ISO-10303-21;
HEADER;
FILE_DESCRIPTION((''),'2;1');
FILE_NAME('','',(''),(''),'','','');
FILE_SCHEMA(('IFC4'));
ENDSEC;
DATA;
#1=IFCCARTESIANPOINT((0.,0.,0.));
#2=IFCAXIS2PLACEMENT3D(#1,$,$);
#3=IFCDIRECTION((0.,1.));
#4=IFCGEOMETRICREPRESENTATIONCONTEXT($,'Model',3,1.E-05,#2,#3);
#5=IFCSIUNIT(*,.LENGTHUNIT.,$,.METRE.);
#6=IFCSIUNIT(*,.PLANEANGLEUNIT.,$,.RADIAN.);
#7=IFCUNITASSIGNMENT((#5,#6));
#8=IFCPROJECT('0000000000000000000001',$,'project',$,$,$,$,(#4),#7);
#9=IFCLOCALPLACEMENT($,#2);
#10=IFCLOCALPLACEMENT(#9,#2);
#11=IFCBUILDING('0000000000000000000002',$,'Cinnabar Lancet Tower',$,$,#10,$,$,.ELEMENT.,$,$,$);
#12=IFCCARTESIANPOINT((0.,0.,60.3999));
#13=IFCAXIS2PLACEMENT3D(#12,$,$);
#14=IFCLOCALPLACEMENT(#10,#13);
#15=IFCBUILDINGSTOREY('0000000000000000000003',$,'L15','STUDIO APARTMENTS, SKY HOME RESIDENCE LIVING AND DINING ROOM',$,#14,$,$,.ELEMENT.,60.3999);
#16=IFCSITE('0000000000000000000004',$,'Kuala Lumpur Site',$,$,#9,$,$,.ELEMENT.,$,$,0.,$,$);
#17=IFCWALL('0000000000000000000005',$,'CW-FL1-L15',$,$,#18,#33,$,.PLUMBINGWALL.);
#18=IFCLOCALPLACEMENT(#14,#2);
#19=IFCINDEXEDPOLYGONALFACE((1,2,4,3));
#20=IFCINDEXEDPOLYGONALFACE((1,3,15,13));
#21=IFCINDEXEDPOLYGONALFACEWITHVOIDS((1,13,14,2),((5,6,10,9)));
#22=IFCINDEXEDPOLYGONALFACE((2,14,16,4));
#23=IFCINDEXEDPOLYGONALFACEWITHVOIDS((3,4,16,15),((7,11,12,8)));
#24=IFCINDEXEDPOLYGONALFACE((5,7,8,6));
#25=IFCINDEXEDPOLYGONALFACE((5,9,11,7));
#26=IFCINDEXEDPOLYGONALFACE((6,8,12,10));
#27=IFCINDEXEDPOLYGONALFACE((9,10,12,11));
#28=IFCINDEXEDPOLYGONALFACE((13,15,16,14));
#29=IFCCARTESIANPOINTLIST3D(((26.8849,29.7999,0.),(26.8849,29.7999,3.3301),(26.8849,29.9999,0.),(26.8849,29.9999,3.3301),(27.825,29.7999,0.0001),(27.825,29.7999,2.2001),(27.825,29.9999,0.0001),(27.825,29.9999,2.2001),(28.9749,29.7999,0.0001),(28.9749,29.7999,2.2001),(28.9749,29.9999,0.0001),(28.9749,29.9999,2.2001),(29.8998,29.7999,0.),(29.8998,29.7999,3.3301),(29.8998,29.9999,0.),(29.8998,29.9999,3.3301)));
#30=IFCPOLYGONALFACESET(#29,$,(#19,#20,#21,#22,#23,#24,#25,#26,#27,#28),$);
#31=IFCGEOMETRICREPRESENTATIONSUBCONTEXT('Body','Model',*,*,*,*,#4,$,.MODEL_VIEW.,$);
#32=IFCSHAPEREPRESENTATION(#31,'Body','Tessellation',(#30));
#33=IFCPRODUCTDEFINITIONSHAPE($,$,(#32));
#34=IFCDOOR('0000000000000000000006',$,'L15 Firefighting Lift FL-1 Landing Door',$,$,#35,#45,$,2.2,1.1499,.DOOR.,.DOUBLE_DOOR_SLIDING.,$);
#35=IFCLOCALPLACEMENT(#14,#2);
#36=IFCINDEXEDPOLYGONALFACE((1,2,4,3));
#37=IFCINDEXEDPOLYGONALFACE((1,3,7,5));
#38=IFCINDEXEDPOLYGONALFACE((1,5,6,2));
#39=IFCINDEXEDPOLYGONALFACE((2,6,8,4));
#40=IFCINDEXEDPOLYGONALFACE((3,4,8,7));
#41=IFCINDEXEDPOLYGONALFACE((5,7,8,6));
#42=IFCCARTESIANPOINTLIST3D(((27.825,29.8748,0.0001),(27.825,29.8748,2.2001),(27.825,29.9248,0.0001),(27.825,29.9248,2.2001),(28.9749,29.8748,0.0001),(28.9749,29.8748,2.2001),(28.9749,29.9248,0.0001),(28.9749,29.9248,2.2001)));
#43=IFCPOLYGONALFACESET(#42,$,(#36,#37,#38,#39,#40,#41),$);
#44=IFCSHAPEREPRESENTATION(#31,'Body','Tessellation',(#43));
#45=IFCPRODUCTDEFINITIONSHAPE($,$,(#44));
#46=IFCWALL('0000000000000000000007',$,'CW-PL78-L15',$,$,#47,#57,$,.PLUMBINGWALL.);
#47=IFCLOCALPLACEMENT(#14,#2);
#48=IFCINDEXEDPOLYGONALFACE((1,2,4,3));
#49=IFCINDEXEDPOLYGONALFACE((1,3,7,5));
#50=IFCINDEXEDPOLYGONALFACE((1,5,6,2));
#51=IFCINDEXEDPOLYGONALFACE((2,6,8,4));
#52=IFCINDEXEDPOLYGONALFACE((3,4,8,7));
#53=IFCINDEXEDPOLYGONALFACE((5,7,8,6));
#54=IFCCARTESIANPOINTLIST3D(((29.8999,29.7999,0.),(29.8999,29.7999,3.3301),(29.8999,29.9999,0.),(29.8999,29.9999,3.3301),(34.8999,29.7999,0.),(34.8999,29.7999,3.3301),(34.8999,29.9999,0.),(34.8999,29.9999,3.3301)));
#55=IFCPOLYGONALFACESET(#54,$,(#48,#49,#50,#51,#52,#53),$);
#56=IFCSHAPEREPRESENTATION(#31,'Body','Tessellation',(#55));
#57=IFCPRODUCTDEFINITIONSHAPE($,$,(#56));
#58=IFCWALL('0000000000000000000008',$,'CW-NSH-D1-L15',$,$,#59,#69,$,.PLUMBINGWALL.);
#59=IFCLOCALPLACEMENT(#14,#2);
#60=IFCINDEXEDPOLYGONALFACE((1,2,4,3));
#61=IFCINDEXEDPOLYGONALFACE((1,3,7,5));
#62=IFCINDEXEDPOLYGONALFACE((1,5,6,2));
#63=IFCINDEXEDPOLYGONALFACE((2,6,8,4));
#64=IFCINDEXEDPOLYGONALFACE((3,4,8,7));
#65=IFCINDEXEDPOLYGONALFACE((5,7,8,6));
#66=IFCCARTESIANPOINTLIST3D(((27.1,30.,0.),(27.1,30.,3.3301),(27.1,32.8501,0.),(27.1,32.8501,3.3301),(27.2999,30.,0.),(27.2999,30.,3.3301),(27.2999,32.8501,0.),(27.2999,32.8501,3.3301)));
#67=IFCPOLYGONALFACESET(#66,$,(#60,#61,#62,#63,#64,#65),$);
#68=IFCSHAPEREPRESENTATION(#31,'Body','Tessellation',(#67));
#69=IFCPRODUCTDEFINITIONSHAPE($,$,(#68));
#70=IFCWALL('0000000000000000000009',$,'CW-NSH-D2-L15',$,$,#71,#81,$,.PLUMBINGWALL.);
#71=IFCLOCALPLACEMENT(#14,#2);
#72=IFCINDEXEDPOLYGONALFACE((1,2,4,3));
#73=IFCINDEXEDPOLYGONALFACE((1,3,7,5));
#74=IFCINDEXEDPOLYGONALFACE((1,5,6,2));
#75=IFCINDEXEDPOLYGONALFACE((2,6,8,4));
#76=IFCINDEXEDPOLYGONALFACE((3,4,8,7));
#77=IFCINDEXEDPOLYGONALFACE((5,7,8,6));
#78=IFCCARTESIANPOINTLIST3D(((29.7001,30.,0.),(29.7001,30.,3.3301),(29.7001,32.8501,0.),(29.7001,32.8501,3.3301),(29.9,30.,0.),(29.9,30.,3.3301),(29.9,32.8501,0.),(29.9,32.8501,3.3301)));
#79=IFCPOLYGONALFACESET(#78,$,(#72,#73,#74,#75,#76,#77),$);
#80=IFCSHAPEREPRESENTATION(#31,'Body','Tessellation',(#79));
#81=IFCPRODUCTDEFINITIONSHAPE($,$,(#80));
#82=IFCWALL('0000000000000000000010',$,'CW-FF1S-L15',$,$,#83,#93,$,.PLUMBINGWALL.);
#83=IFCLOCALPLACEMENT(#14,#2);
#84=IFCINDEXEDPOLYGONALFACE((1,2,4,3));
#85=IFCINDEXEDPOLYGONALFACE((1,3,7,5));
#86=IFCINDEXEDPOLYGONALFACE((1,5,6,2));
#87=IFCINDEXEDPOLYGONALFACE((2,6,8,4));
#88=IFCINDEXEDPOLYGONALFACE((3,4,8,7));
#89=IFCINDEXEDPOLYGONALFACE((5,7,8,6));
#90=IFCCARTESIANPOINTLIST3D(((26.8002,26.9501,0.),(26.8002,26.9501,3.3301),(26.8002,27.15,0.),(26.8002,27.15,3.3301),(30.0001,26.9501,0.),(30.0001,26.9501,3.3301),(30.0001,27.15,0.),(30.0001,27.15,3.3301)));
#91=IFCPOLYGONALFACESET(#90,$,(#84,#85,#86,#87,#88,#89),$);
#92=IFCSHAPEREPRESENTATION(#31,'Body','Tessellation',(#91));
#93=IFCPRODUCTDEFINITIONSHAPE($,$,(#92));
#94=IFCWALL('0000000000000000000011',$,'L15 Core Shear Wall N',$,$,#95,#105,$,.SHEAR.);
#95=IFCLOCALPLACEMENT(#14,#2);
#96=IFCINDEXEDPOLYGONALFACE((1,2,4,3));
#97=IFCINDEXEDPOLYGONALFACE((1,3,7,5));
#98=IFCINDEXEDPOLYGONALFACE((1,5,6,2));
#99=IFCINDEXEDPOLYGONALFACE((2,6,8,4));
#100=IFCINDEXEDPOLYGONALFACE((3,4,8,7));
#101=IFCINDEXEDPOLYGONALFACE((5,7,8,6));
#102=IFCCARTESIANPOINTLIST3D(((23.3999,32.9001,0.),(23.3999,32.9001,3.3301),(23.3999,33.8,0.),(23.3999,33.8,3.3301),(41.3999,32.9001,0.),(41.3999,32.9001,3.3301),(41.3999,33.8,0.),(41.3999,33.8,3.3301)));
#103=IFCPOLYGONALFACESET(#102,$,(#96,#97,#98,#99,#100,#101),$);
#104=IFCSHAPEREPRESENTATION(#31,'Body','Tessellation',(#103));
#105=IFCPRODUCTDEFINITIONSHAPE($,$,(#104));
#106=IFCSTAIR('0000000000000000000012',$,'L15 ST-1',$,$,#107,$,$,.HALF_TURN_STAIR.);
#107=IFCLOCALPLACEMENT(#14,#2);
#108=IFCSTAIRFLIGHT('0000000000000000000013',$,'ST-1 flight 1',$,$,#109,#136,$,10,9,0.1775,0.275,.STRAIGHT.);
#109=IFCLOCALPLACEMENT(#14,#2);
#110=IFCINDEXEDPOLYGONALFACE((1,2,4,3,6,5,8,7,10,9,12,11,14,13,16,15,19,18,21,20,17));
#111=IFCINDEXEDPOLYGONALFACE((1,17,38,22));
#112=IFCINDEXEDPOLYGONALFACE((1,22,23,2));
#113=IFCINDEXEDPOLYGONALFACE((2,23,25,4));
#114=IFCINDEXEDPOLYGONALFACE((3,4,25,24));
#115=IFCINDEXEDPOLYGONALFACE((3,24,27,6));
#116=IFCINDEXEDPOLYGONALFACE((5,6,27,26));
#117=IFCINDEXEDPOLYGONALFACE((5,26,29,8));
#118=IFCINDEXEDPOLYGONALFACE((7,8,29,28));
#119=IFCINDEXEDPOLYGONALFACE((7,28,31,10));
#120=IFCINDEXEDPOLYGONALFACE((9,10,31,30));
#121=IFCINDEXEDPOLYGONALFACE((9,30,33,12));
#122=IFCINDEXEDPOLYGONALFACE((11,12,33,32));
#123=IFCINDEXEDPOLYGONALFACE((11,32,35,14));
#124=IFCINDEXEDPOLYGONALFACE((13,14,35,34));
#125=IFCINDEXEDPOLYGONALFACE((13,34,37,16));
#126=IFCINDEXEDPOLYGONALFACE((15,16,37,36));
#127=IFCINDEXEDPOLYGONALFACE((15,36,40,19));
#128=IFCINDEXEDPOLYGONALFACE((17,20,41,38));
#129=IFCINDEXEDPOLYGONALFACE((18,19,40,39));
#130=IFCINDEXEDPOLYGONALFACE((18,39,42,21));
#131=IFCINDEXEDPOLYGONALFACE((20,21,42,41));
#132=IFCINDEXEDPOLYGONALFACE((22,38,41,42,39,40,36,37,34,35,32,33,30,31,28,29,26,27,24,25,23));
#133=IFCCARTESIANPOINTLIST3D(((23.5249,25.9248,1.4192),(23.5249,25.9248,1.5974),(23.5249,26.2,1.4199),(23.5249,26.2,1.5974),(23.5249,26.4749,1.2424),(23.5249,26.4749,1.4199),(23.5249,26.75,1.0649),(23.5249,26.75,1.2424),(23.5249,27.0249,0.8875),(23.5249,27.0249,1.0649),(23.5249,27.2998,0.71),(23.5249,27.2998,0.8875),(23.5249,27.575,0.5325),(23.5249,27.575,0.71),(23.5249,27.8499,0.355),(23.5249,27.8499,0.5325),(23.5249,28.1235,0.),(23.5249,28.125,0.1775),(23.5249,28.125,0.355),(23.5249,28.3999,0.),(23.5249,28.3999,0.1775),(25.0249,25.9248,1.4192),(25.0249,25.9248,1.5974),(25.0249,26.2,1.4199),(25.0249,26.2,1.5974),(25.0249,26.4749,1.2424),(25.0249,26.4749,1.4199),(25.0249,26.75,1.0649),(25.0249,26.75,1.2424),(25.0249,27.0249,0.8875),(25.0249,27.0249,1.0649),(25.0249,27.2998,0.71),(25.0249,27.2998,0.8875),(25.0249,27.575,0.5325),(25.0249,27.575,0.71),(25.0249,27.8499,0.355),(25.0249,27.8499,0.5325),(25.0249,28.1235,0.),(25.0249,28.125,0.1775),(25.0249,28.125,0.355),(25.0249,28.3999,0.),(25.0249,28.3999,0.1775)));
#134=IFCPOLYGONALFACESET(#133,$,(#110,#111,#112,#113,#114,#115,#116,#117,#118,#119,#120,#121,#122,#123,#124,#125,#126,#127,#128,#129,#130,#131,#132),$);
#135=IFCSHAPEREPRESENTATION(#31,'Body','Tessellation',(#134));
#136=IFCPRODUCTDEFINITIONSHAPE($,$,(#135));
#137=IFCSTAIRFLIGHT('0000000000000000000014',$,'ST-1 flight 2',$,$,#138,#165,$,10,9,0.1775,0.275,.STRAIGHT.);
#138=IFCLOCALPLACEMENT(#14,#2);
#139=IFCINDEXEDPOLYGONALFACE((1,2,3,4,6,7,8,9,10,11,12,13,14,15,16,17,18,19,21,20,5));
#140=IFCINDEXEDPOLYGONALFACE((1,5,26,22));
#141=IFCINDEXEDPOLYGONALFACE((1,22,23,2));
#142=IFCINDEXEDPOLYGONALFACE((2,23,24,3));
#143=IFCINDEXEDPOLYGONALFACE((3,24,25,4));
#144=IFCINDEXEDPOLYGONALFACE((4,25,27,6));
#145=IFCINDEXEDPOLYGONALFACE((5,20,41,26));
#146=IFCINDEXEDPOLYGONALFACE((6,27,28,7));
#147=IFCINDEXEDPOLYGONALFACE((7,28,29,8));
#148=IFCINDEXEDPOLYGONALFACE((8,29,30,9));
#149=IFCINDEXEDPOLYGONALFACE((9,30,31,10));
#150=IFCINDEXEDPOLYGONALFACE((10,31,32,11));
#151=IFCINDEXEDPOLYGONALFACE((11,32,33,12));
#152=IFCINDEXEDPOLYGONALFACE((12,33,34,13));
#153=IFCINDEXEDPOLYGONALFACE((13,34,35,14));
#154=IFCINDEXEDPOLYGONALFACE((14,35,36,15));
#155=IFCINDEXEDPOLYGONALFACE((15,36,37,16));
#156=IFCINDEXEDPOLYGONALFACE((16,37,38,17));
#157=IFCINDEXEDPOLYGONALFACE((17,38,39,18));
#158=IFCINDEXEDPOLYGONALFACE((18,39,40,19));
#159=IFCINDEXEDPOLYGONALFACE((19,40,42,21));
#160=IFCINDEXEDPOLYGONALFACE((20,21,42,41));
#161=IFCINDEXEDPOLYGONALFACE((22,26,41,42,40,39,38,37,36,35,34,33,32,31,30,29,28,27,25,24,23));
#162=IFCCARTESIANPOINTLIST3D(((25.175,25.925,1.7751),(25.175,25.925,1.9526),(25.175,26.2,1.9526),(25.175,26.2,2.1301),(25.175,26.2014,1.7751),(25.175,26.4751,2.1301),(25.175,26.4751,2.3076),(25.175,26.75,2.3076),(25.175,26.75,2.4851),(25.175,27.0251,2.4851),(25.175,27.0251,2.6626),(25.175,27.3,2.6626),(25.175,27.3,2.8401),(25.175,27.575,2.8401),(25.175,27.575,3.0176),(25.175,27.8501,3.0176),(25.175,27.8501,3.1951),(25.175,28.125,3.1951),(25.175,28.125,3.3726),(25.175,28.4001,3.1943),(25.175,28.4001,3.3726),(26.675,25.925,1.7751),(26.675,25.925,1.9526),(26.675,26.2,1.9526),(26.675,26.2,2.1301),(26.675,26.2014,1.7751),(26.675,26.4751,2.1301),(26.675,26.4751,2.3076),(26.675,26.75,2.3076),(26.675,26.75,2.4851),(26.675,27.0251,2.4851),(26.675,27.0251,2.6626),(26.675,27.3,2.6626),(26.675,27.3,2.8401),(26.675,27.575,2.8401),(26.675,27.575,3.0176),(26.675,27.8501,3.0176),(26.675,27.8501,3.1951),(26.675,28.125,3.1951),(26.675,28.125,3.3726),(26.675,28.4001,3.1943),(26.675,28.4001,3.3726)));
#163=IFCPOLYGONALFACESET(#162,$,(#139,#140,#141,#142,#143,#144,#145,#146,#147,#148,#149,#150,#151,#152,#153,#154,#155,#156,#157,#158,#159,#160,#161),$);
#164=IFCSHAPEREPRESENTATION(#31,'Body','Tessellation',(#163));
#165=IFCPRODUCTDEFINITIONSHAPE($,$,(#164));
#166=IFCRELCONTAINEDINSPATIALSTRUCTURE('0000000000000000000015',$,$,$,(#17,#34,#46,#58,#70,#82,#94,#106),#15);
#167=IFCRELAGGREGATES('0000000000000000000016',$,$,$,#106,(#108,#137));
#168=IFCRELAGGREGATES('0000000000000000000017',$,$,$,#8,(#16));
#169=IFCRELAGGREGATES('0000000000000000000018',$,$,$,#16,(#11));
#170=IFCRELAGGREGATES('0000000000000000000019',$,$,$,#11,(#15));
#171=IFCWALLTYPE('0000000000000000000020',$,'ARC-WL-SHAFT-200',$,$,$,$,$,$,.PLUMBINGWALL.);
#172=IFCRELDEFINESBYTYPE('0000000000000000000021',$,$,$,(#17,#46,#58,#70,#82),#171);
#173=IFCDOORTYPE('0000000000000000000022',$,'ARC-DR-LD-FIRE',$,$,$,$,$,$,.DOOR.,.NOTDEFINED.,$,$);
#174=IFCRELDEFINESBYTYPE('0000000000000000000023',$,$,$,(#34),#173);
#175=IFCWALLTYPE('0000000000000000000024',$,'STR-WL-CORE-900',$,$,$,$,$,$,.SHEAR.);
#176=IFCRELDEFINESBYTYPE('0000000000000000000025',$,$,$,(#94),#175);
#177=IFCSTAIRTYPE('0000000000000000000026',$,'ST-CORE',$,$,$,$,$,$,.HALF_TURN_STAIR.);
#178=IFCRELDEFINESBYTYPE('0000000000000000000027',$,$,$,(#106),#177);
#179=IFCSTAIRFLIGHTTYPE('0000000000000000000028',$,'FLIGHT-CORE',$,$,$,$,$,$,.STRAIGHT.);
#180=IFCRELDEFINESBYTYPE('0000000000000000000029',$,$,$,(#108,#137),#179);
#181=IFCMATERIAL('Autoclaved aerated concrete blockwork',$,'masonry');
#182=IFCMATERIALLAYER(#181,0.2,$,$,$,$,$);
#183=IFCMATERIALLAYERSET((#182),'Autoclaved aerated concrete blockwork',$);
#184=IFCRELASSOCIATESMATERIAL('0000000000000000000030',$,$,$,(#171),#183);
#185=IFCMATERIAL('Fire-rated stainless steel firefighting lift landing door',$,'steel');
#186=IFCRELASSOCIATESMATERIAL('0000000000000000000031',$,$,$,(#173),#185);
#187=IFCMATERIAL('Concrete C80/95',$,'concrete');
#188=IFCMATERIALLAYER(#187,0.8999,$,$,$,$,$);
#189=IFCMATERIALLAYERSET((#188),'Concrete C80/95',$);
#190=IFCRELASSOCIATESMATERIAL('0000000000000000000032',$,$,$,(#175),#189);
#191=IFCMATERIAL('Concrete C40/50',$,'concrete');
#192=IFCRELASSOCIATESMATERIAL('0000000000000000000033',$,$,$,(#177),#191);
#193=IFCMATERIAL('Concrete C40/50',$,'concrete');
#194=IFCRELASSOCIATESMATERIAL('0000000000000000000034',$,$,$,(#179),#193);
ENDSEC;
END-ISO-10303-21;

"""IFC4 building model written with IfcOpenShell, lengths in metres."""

from ifc_helpers import new_model, si_unit, direction, frame, frame_2d, origin, place, context, subcontext, project, spatial, polyline, rectangle, outline, extrude, material, layer, layer_set, type_object, element, fill, aggregate, save


model = new_model("IFC4")

# Units and contexts
model_context = context("Model", 3, precision=1e-05, world=origin(), true_north=direction((0.0, 1.0)))
body_context = subcontext(model_context, "Body", "Model", "MODEL_VIEW")
ifc_project = project(units=[si_unit("LENGTHUNIT", "METRE"), si_unit("PLANEANGLEUNIT", "RADIAN")], contexts=[model_context])

# Site, building, storey
site_placement = place(None, origin())
site = spatial("IfcSite", under=ifc_project, at=site_placement, Name="Kuala Lumpur Site", CompositionType="ELEMENT", RefElevation=0.0)
building_placement = place(site_placement, origin())
building = spatial("IfcBuilding", under=site, at=building_placement, Name="Cinnabar Lancet Tower", CompositionType="ELEMENT")
storey_placement = place(building_placement, frame((0.0, 0.0, 60.3999)))
storey = spatial("IfcBuildingStorey", under=building, at=storey_placement, Name="L15", Description="STUDIO APARTMENTS, SKY HOME RESIDENCE LIVING AND DINING ROOM", CompositionType="ELEMENT", Elevation=60.3999)

# Wall, opening, door
ifc_material_1 = material(Name="Autoclaved aerated concrete blockwork", Category="masonry")
ifc_layer_1 = layer(ifc_material_1, 0.2)
ifc_layer_set_1 = layer_set([ifc_layer_1], Name="Autoclaved aerated concrete blockwork")
wall_type_1 = type_object("IfcWallType", Name="ARC-WL-SHAFT-200", PredefinedType="PLUMBINGWALL", material=ifc_layer_set_1)
wall_1_placement = place(storey_placement, frame((26.885, 29.8999, 0.0), z_axis=(0.0, 0.0, 1.0), x_axis=(1.0, 0.0, 0.0)))
wall_1 = element("IfcWall", 1, at=wall_1_placement, inside=storey, type_object=wall_type_1, Name="CW-FL1-L15", PredefinedType="PLUMBINGWALL", context=body_context, shape_type="SweptSolid", body=[
    extrude(rectangle(XDim=3.0149, YDim=0.2, at=frame_2d((1.5073, 0.0))), origin(), (0.0, 0.0, 1.0), 3.3301),
])
opening_1_placement = place(wall_1_placement, frame((0.9399, 0.0, 0.0)))
opening_1 = element("IfcOpeningElement", 2, at=opening_1_placement, cuts=wall_1, PredefinedType="OPENING", context=body_context, shape_type="SweptSolid", body=[
    extrude(rectangle(XDim=1.1499, YDim=2.2, at=frame_2d((0.575, 1.1001))), frame((0.0, 0.1099, 0.0), z_axis=(0.0, -1.0, 0.0), x_axis=(1.0, 0.0, 0.0)), (0.0, 0.0, 1.0), 0.22),
])
ifc_material_2 = material(Name="Fire-rated stainless steel firefighting lift landing door", Category="steel")
door_type_1 = type_object("IfcDoorType", Name="ARC-DR-LD-FIRE", OperationType="NOTDEFINED", PredefinedType="DOOR", material=ifc_material_2)
door_1_placement = place(opening_1_placement, origin())
door_1 = element("IfcDoor", 3, at=door_1_placement, inside=storey, type_object=door_type_1, Name="L15 Firefighting Lift FL-1 Landing Door", OperationType="DOUBLE_DOOR_SLIDING", OverallHeight=2.2, OverallWidth=1.1499, PredefinedType="DOOR", context=body_context, shape_type="SweptSolid", body=[
    extrude(rectangle(XDim=1.1499, YDim=2.2, at=frame_2d((0.575, 1.1001))), frame((0.0, 0.0249, 0.0), z_axis=(0.0, -1.0, 0.0), x_axis=(1.0, 0.0, 0.0)), (0.0, 0.0, 1.0), 0.05),
])
fill(opening_1, door_1)

# Walls
wall_2_placement = place(storey_placement, frame((29.8999, 29.8999, 0.0), z_axis=(0.0, 0.0, 1.0), x_axis=(1.0, 0.0, 0.0)))
element("IfcWall", 4, at=wall_2_placement, inside=storey, type_object=wall_type_1, Name="CW-PL78-L15", PredefinedType="PLUMBINGWALL", context=body_context, shape_type="SweptSolid", body=[
    extrude(rectangle(XDim=5.0, YDim=0.2, at=frame_2d((2.5, 0.0))), origin(), (0.0, 0.0, 1.0), 3.3301),
])
for number, where, z_axis, x_axis, name in (
    (5, (27.2, 30.0, 0.0), (0.0, 0.0, 1.0), (0.0, 1.0, 0.0), "CW-NSH-D1-L15"),
    (6, (29.8, 30.0, 0.0), (0.0, 0.0, 1.0), (0.0, 1.0, 0.0), "CW-NSH-D2-L15"),
):
    element("IfcWall", number, at=place(storey_placement, frame(where, z_axis=z_axis, x_axis=x_axis)), inside=storey, type_object=wall_type_1, Name=name, PredefinedType="PLUMBINGWALL", context=body_context, shape_type="SweptSolid", body=[
        extrude(rectangle(XDim=2.8501, YDim=0.2, at=frame_2d((1.425, 0.0))), origin(), (0.0, 0.0, 1.0), 3.3301),
    ])

# Walls
wall_3_placement = place(storey_placement, frame((26.8, 27.05, 0.0), z_axis=(0.0, 0.0, 1.0), x_axis=(1.0, 0.0, 0.0)))
element("IfcWall", 7, at=wall_3_placement, inside=storey, type_object=wall_type_1, Name="CW-FF1S-L15", PredefinedType="PLUMBINGWALL", context=body_context, shape_type="SweptSolid", body=[
    extrude(rectangle(XDim=3.2, YDim=0.2, at=frame_2d((1.6001, 0.0))), origin(), (0.0, 0.0, 1.0), 3.3301),
])
ifc_material_3 = material(Name="Concrete C80/95", Category="concrete")
ifc_layer_2 = layer(ifc_material_3, 0.8999)
ifc_layer_set_2 = layer_set([ifc_layer_2], Name="Concrete C80/95")
wall_type_2 = type_object("IfcWallType", Name="STR-WL-CORE-900", PredefinedType="SHEAR", material=ifc_layer_set_2)
wall_4_placement = place(storey_placement, frame((23.3999, 33.3501, 0.0), z_axis=(0.0, 0.0, 1.0), x_axis=(1.0, 0.0, 0.0)))
element("IfcWall", 8, at=wall_4_placement, inside=storey, type_object=wall_type_2, Name="L15 Core Shear Wall N", PredefinedType="SHEAR", context=body_context, shape_type="SweptSolid", body=[
    extrude(rectangle(XDim=18.0, YDim=0.8999, at=frame_2d((9.0, 0.0))), origin(), (0.0, 0.0, 1.0), 3.3301),
])

# Stair, stair flights
ifc_material_4 = material(Name="Concrete C40/50", Category="concrete")
stair_type = type_object("IfcStairType", Name="ST-CORE", PredefinedType="HALF_TURN_STAIR", material=ifc_material_4)
stair_placement = place(storey_placement, origin())
stair = element("IfcStair", 9, at=stair_placement, inside=storey, type_object=stair_type, Name="L15 ST-1", PredefinedType="HALF_TURN_STAIR")
ifc_material_5 = material(Name="Concrete C40/50", Category="concrete")
stair_flight_type = type_object("IfcStairFlightType", Name="FLIGHT-CORE", PredefinedType="STRAIGHT", material=ifc_material_5)
stair_flight_1_placement = place(storey_placement, frame((24.2749, 28.3999, 0.0), z_axis=(0.0, 0.0, 1.0), x_axis=(0.0, -1.0, 0.0)))
stair_flight_1 = element("IfcStairFlight", 10, at=stair_flight_1_placement, type_object=stair_flight_type, Name="ST-1 flight 1", NumberOfRisers=10, NumberOfTreads=9, PredefinedType="STRAIGHT", RiserHeight=0.1775, TreadLength=0.275, context=body_context, shape_type="SweptSolid", body=[
    extrude(outline(polyline([(0.0, 0.0), (0.0, 0.1775), (0.2749, 0.1775), (0.2749, 0.355), (0.55, 0.355), (0.55, 0.5325), (0.825, 0.5325), (0.825, 0.71), (1.1001, 0.71), (1.1001, 0.8875), (1.375, 0.8875), (1.375, 1.0649), (1.6499, 1.0649), (1.6499, 1.2424), (1.925, 1.2424), (1.925, 1.4199), (2.2, 1.4199), (2.2, 1.5974), (2.4751, 1.5974), (2.4751, 1.7749), (2.4751, 1.4192), (0.2764, 0.0), (0.0, 0.0)])), frame((0.0, 0.75, 0.0), z_axis=(0.0, -1.0, 0.0), x_axis=(1.0, 0.0, 0.0)), (0.0, 0.0, 1.0), 1.5),
])
stair_flight_2_placement = place(storey_placement, frame((25.925, 25.925, 1.7751), z_axis=(0.0, 0.0, 1.0), x_axis=(0.0, 1.0, 0.0)))
stair_flight_2 = element("IfcStairFlight", 11, at=stair_flight_2_placement, type_object=stair_flight_type, Name="ST-1 flight 2", NumberOfRisers=10, NumberOfTreads=9, PredefinedType="STRAIGHT", RiserHeight=0.1775, TreadLength=0.275, context=body_context, shape_type="SweptSolid", body=[
    extrude(outline(polyline([(0.0, 0.0), (0.0, 0.1775), (0.2749, 0.1775), (0.2749, 0.355), (0.55, 0.355), (0.55, 0.5325), (0.825, 0.5325), (0.825, 0.71), (1.1001, 0.71), (1.1001, 0.8875), (1.375, 0.8875), (1.375, 1.0649), (1.6499, 1.0649), (1.6499, 1.2424), (1.925, 1.2424), (1.925, 1.4199), (2.2, 1.4199), (2.2, 1.5974), (2.4751, 1.5974), (2.4751, 1.7749), (2.4751, 1.4192), (0.2764, 0.0), (0.0, 0.0)])), frame((0.0, 0.75, 0.0), z_axis=(0.0, -1.0, 0.0), x_axis=(1.0, 0.0, 0.0)), (0.0, 0.0, 1.0), 1.5),
])
aggregate(stair, [stair_flight_1, stair_flight_2])

save(model, "model.ifc")
